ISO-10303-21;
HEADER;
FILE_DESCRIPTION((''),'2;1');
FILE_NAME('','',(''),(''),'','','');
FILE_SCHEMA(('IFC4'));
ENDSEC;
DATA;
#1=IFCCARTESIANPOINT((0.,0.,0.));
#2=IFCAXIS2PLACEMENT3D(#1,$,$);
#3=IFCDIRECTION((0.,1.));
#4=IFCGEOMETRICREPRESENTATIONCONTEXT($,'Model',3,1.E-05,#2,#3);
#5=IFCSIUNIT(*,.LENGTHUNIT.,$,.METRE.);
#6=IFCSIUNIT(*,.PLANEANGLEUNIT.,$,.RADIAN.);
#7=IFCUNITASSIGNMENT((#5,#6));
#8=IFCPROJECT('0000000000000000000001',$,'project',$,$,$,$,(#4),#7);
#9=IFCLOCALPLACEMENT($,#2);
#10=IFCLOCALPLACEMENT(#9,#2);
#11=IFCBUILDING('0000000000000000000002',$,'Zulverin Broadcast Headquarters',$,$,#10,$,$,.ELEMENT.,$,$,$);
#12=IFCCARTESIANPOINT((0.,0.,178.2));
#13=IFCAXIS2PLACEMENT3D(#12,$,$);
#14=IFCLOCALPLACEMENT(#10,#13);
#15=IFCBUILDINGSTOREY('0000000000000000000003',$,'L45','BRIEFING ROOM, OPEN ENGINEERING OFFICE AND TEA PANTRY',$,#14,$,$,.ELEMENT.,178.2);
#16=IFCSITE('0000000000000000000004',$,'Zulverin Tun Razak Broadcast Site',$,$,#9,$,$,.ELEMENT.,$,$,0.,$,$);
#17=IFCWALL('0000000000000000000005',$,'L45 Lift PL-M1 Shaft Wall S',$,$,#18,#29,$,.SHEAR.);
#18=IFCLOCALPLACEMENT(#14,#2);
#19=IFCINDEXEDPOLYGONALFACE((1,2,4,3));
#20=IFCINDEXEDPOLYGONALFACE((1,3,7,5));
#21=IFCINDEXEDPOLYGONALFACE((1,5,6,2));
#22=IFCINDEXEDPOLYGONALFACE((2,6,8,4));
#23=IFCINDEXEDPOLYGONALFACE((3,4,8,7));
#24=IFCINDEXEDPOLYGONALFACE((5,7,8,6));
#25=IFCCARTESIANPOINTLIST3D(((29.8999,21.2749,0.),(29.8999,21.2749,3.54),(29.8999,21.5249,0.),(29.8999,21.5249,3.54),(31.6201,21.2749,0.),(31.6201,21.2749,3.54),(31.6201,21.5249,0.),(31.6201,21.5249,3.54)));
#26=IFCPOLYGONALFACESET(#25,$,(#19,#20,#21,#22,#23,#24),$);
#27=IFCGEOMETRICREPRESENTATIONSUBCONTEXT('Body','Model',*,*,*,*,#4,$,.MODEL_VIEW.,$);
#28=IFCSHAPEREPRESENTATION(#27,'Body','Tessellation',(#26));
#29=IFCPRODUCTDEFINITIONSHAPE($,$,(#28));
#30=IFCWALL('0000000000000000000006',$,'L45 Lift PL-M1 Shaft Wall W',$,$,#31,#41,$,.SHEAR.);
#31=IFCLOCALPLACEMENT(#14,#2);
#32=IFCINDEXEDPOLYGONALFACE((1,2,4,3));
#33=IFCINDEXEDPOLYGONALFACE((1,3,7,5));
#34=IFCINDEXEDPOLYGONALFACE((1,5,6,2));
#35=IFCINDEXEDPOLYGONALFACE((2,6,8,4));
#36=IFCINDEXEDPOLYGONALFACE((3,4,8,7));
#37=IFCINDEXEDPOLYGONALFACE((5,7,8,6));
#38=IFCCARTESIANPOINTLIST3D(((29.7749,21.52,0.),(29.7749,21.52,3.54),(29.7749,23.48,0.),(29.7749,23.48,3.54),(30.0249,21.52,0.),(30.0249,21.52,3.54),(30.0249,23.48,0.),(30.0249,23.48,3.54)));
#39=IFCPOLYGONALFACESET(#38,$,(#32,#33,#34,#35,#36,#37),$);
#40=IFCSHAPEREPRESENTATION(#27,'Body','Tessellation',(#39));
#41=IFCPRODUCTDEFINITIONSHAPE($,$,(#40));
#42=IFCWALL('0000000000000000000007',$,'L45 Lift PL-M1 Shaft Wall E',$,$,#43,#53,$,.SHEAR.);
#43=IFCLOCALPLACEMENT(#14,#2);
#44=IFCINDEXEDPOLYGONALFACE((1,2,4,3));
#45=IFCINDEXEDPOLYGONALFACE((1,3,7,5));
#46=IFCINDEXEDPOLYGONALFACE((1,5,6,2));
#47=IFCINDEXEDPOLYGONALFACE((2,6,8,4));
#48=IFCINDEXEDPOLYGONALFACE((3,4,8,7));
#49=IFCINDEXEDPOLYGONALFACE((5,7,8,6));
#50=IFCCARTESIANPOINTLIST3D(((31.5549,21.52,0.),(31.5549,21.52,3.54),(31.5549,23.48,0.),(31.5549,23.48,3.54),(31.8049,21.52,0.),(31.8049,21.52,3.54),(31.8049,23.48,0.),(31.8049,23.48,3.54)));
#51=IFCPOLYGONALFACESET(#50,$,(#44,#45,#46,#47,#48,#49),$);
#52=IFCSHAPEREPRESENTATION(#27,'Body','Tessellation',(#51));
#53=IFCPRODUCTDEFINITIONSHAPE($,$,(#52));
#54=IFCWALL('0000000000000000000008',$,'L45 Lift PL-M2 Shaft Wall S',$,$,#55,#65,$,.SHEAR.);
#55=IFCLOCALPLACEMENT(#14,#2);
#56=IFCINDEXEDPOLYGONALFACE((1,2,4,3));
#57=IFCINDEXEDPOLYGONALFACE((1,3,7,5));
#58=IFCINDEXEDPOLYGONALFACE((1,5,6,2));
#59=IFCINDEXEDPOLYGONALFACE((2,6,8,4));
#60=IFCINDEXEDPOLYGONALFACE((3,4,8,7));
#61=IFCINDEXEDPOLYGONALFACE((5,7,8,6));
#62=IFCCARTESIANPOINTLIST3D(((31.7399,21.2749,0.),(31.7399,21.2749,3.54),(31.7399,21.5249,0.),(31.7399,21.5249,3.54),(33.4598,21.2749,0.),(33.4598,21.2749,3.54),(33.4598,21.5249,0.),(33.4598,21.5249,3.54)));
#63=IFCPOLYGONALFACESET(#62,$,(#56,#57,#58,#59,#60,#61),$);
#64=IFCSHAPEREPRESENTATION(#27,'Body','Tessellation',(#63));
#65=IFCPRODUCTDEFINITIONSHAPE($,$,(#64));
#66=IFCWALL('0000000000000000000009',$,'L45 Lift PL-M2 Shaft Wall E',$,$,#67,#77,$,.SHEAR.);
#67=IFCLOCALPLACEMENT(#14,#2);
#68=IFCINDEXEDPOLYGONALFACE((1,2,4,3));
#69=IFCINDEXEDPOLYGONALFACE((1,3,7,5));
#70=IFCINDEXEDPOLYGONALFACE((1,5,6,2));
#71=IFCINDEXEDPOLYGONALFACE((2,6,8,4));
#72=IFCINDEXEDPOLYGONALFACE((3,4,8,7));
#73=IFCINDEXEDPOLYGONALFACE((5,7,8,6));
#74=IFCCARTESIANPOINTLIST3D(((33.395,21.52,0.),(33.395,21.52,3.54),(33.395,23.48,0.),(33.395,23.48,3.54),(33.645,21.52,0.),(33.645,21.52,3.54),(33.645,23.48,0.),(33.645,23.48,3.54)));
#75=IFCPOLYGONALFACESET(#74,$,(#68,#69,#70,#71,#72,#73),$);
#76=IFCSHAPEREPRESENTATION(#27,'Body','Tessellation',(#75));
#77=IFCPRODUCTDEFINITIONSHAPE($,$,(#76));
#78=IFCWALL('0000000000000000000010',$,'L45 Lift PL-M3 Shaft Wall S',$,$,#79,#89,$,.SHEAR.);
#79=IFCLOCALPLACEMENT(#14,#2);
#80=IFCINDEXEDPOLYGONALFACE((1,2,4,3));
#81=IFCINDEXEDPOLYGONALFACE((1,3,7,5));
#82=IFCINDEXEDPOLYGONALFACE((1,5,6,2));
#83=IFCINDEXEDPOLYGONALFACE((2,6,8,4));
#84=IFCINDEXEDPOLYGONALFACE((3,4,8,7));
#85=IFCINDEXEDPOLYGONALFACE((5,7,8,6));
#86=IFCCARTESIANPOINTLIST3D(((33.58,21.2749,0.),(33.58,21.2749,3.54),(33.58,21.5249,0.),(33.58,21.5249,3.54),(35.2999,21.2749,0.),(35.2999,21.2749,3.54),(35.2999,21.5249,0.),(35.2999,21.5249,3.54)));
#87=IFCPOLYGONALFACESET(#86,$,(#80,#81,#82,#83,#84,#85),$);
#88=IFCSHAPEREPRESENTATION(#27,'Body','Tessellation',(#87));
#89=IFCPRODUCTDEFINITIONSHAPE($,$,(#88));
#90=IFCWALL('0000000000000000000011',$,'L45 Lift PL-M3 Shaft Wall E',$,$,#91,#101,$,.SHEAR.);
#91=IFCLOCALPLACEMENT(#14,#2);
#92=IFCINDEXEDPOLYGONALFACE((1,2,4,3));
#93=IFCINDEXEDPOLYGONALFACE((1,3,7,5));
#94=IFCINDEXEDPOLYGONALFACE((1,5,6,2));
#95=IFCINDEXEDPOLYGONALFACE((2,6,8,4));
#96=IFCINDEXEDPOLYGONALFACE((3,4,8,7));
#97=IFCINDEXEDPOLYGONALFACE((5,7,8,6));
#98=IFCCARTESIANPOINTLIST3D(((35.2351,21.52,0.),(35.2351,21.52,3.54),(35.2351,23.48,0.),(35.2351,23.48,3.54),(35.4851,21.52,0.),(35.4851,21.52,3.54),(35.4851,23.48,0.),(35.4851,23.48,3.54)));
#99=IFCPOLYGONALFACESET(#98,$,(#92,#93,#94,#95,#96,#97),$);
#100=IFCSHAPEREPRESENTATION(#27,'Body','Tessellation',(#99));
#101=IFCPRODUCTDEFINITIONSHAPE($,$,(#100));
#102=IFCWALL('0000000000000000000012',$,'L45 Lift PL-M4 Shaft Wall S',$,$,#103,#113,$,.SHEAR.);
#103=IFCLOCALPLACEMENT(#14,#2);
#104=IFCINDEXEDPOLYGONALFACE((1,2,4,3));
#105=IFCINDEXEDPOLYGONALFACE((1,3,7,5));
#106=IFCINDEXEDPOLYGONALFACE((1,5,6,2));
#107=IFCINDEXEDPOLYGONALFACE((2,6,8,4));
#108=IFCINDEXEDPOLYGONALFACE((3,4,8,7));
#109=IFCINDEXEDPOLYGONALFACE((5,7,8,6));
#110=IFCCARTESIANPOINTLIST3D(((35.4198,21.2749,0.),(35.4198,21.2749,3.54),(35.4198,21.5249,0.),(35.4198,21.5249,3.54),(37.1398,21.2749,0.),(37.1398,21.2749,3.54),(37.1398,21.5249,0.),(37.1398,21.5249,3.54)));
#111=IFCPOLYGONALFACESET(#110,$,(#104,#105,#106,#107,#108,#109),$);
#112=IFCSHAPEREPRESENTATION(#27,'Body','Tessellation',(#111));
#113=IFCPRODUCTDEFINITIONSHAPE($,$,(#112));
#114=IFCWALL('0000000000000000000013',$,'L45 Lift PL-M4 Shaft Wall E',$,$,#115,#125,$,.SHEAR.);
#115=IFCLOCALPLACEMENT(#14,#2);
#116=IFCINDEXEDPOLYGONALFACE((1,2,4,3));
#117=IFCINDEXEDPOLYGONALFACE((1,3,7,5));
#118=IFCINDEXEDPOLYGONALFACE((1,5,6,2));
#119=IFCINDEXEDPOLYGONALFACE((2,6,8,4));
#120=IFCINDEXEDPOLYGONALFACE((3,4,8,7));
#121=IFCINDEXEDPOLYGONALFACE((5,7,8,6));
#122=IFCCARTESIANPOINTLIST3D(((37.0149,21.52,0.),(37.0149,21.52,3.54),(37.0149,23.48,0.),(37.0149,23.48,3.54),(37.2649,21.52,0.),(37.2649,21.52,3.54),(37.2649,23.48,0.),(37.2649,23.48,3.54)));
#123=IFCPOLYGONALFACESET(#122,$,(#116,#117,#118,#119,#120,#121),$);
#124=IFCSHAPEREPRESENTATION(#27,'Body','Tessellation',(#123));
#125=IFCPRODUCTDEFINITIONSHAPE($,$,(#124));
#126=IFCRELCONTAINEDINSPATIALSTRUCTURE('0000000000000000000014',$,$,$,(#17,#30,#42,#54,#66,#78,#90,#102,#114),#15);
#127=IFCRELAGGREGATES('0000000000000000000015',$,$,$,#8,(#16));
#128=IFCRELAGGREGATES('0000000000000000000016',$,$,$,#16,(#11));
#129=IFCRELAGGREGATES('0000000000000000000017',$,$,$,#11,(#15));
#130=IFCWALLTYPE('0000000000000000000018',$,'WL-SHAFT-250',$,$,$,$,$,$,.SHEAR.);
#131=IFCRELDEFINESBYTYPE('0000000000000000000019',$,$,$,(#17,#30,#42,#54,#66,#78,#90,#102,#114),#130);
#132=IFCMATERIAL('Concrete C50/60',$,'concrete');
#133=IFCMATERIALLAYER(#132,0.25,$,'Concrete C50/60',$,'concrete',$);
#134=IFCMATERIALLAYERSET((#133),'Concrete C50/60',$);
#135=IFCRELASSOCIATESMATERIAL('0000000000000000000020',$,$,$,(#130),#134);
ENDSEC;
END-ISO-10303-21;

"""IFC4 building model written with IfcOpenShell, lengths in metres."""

from ifc_helpers import new_model, si_unit, direction, frame, frame_2d, origin, place, context, subcontext, project, spatial, rectangle, extrude, material, layer, layer_set, type_object, element, save


model = new_model("IFC4")

# Units and contexts
model_context = context("Model", 3, precision=1e-05, world=origin(), true_north=direction((0.0, 1.0)))
body_context = subcontext(model_context, "Body", "Model", "MODEL_VIEW")
ifc_project = project(units=[si_unit("LENGTHUNIT", "METRE"), si_unit("PLANEANGLEUNIT", "RADIAN")], contexts=[model_context])

# Site, building, storey
site_placement = place(None, origin())
site = spatial("IfcSite", under=ifc_project, at=site_placement, Name="Zulverin Tun Razak Broadcast Site", CompositionType="ELEMENT", RefElevation=0.0)
building_placement = place(site_placement, origin())
building = spatial("IfcBuilding", under=site, at=building_placement, Name="Zulverin Broadcast Headquarters", CompositionType="ELEMENT")
storey_placement = place(building_placement, frame((0.0, 0.0, 178.2)))
storey = spatial("IfcBuildingStorey", under=building, at=storey_placement, Name="L45", Description="BRIEFING ROOM, OPEN ENGINEERING OFFICE AND TEA PANTRY", CompositionType="ELEMENT", Elevation=178.2)

# Walls
ifc_material_1 = material(Name="Concrete C50/60", Category="concrete")
ifc_layer_1 = layer(ifc_material_1, 0.25, Name="Concrete C50/60", Category="concrete")
ifc_layer_set_1 = layer_set([ifc_layer_1], Name="Concrete C50/60")
wall_type_1 = type_object("IfcWallType", Name="WL-SHAFT-250", PredefinedType="SHEAR", material=ifc_layer_set_1)
wall_1_placement = place(storey_placement, frame((29.8999, 21.3999, 0.0), z_axis=(0.0, 0.0, 1.0), x_axis=(1.0, 0.0, 0.0)))
element("IfcWall", 1, at=wall_1_placement, inside=storey, type_object=wall_type_1, Name="L45 Lift PL-M1 Shaft Wall S", PredefinedType="SHEAR", context=body_context, shape_type="SweptSolid", body=[
    extrude(rectangle(XDim=1.7202, YDim=0.25, at=frame_2d((0.8601, 0.0))), origin(), (0.0, 0.0, 1.0), 3.54),
])
for number, where, z_axis, x_axis, name in (
    (2, (29.8999, 21.52, 0.0), (0.0, 0.0, 1.0), (0.0, 1.0, 0.0), "L45 Lift PL-M1 Shaft Wall W"),
    (3, (31.6799, 21.52, 0.0), (0.0, 0.0, 1.0), (0.0, 1.0, 0.0), "L45 Lift PL-M1 Shaft Wall E"),
):
    element("IfcWall", number, at=place(storey_placement, frame(where, z_axis=z_axis, x_axis=x_axis)), inside=storey, type_object=wall_type_1, Name=name, PredefinedType="SHEAR", context=body_context, shape_type="SweptSolid", body=[
        extrude(rectangle(XDim=1.96, YDim=0.25, at=frame_2d((0.98, 0.0))), origin(), (0.0, 0.0, 1.0), 3.54),
    ])
wall_2_placement = place(storey_placement, frame((31.74, 21.3999, 0.0), z_axis=(0.0, 0.0, 1.0), x_axis=(1.0, 0.0, 0.0)))
element("IfcWall", 4, at=wall_2_placement, inside=storey, type_object=wall_type_1, Name="L45 Lift PL-M2 Shaft Wall S", PredefinedType="SHEAR", context=body_context, shape_type="SweptSolid", body=[
    extrude(rectangle(XDim=1.72, YDim=0.25, at=frame_2d((0.8599, 0.0))), origin(), (0.0, 0.0, 1.0), 3.54),
])
wall_3_placement = place(storey_placement, frame((33.52, 21.52, 0.0), z_axis=(0.0, 0.0, 1.0), x_axis=(0.0, 1.0, 0.0)))
element("IfcWall", 5, at=wall_3_placement, inside=storey, type_object=wall_type_1, Name="L45 Lift PL-M2 Shaft Wall E", PredefinedType="SHEAR", context=body_context, shape_type="SweptSolid", body=[
    extrude(rectangle(XDim=1.96, YDim=0.25, at=frame_2d((0.98, 0.0))), origin(), (0.0, 0.0, 1.0), 3.54),
])
wall_4_placement = place(storey_placement, frame((33.5801, 21.3999, 0.0), z_axis=(0.0, 0.0, 1.0), x_axis=(1.0, 0.0, 0.0)))
element("IfcWall", 6, at=wall_4_placement, inside=storey, type_object=wall_type_1, Name="L45 Lift PL-M3 Shaft Wall S", PredefinedType="SHEAR", context=body_context, shape_type="SweptSolid", body=[
    extrude(rectangle(XDim=1.72, YDim=0.25, at=frame_2d((0.8599, 0.0))), origin(), (0.0, 0.0, 1.0), 3.54),
])
wall_5_placement = place(storey_placement, frame((35.3601, 21.52, 0.0), z_axis=(0.0, 0.0, 1.0), x_axis=(0.0, 1.0, 0.0)))
element("IfcWall", 7, at=wall_5_placement, inside=storey, type_object=wall_type_1, Name="L45 Lift PL-M3 Shaft Wall E", PredefinedType="SHEAR", context=body_context, shape_type="SweptSolid", body=[
    extrude(rectangle(XDim=1.96, YDim=0.25, at=frame_2d((0.98, 0.0))), origin(), (0.0, 0.0, 1.0), 3.54),
])
wall_6_placement = place(storey_placement, frame((35.4199, 21.3999, 0.0), z_axis=(0.0, 0.0, 1.0), x_axis=(1.0, 0.0, 0.0)))
element("IfcWall", 8, at=wall_6_placement, inside=storey, type_object=wall_type_1, Name="L45 Lift PL-M4 Shaft Wall S", PredefinedType="SHEAR", context=body_context, shape_type="SweptSolid", body=[
    extrude(rectangle(XDim=1.72, YDim=0.25, at=frame_2d((0.8599, 0.0))), origin(), (0.0, 0.0, 1.0), 3.54),
])
wall_7_placement = place(storey_placement, frame((37.1399, 21.52, 0.0), z_axis=(0.0, 0.0, 1.0), x_axis=(0.0, 1.0, 0.0)))
element("IfcWall", 9, at=wall_7_placement, inside=storey, type_object=wall_type_1, Name="L45 Lift PL-M4 Shaft Wall E", PredefinedType="SHEAR", context=body_context, shape_type="SweptSolid", body=[
    extrude(rectangle(XDim=1.96, YDim=0.25, at=frame_2d((0.98, 0.0))), origin(), (0.0, 0.0, 1.0), 3.54),
])

save(model, "model.ifc")
